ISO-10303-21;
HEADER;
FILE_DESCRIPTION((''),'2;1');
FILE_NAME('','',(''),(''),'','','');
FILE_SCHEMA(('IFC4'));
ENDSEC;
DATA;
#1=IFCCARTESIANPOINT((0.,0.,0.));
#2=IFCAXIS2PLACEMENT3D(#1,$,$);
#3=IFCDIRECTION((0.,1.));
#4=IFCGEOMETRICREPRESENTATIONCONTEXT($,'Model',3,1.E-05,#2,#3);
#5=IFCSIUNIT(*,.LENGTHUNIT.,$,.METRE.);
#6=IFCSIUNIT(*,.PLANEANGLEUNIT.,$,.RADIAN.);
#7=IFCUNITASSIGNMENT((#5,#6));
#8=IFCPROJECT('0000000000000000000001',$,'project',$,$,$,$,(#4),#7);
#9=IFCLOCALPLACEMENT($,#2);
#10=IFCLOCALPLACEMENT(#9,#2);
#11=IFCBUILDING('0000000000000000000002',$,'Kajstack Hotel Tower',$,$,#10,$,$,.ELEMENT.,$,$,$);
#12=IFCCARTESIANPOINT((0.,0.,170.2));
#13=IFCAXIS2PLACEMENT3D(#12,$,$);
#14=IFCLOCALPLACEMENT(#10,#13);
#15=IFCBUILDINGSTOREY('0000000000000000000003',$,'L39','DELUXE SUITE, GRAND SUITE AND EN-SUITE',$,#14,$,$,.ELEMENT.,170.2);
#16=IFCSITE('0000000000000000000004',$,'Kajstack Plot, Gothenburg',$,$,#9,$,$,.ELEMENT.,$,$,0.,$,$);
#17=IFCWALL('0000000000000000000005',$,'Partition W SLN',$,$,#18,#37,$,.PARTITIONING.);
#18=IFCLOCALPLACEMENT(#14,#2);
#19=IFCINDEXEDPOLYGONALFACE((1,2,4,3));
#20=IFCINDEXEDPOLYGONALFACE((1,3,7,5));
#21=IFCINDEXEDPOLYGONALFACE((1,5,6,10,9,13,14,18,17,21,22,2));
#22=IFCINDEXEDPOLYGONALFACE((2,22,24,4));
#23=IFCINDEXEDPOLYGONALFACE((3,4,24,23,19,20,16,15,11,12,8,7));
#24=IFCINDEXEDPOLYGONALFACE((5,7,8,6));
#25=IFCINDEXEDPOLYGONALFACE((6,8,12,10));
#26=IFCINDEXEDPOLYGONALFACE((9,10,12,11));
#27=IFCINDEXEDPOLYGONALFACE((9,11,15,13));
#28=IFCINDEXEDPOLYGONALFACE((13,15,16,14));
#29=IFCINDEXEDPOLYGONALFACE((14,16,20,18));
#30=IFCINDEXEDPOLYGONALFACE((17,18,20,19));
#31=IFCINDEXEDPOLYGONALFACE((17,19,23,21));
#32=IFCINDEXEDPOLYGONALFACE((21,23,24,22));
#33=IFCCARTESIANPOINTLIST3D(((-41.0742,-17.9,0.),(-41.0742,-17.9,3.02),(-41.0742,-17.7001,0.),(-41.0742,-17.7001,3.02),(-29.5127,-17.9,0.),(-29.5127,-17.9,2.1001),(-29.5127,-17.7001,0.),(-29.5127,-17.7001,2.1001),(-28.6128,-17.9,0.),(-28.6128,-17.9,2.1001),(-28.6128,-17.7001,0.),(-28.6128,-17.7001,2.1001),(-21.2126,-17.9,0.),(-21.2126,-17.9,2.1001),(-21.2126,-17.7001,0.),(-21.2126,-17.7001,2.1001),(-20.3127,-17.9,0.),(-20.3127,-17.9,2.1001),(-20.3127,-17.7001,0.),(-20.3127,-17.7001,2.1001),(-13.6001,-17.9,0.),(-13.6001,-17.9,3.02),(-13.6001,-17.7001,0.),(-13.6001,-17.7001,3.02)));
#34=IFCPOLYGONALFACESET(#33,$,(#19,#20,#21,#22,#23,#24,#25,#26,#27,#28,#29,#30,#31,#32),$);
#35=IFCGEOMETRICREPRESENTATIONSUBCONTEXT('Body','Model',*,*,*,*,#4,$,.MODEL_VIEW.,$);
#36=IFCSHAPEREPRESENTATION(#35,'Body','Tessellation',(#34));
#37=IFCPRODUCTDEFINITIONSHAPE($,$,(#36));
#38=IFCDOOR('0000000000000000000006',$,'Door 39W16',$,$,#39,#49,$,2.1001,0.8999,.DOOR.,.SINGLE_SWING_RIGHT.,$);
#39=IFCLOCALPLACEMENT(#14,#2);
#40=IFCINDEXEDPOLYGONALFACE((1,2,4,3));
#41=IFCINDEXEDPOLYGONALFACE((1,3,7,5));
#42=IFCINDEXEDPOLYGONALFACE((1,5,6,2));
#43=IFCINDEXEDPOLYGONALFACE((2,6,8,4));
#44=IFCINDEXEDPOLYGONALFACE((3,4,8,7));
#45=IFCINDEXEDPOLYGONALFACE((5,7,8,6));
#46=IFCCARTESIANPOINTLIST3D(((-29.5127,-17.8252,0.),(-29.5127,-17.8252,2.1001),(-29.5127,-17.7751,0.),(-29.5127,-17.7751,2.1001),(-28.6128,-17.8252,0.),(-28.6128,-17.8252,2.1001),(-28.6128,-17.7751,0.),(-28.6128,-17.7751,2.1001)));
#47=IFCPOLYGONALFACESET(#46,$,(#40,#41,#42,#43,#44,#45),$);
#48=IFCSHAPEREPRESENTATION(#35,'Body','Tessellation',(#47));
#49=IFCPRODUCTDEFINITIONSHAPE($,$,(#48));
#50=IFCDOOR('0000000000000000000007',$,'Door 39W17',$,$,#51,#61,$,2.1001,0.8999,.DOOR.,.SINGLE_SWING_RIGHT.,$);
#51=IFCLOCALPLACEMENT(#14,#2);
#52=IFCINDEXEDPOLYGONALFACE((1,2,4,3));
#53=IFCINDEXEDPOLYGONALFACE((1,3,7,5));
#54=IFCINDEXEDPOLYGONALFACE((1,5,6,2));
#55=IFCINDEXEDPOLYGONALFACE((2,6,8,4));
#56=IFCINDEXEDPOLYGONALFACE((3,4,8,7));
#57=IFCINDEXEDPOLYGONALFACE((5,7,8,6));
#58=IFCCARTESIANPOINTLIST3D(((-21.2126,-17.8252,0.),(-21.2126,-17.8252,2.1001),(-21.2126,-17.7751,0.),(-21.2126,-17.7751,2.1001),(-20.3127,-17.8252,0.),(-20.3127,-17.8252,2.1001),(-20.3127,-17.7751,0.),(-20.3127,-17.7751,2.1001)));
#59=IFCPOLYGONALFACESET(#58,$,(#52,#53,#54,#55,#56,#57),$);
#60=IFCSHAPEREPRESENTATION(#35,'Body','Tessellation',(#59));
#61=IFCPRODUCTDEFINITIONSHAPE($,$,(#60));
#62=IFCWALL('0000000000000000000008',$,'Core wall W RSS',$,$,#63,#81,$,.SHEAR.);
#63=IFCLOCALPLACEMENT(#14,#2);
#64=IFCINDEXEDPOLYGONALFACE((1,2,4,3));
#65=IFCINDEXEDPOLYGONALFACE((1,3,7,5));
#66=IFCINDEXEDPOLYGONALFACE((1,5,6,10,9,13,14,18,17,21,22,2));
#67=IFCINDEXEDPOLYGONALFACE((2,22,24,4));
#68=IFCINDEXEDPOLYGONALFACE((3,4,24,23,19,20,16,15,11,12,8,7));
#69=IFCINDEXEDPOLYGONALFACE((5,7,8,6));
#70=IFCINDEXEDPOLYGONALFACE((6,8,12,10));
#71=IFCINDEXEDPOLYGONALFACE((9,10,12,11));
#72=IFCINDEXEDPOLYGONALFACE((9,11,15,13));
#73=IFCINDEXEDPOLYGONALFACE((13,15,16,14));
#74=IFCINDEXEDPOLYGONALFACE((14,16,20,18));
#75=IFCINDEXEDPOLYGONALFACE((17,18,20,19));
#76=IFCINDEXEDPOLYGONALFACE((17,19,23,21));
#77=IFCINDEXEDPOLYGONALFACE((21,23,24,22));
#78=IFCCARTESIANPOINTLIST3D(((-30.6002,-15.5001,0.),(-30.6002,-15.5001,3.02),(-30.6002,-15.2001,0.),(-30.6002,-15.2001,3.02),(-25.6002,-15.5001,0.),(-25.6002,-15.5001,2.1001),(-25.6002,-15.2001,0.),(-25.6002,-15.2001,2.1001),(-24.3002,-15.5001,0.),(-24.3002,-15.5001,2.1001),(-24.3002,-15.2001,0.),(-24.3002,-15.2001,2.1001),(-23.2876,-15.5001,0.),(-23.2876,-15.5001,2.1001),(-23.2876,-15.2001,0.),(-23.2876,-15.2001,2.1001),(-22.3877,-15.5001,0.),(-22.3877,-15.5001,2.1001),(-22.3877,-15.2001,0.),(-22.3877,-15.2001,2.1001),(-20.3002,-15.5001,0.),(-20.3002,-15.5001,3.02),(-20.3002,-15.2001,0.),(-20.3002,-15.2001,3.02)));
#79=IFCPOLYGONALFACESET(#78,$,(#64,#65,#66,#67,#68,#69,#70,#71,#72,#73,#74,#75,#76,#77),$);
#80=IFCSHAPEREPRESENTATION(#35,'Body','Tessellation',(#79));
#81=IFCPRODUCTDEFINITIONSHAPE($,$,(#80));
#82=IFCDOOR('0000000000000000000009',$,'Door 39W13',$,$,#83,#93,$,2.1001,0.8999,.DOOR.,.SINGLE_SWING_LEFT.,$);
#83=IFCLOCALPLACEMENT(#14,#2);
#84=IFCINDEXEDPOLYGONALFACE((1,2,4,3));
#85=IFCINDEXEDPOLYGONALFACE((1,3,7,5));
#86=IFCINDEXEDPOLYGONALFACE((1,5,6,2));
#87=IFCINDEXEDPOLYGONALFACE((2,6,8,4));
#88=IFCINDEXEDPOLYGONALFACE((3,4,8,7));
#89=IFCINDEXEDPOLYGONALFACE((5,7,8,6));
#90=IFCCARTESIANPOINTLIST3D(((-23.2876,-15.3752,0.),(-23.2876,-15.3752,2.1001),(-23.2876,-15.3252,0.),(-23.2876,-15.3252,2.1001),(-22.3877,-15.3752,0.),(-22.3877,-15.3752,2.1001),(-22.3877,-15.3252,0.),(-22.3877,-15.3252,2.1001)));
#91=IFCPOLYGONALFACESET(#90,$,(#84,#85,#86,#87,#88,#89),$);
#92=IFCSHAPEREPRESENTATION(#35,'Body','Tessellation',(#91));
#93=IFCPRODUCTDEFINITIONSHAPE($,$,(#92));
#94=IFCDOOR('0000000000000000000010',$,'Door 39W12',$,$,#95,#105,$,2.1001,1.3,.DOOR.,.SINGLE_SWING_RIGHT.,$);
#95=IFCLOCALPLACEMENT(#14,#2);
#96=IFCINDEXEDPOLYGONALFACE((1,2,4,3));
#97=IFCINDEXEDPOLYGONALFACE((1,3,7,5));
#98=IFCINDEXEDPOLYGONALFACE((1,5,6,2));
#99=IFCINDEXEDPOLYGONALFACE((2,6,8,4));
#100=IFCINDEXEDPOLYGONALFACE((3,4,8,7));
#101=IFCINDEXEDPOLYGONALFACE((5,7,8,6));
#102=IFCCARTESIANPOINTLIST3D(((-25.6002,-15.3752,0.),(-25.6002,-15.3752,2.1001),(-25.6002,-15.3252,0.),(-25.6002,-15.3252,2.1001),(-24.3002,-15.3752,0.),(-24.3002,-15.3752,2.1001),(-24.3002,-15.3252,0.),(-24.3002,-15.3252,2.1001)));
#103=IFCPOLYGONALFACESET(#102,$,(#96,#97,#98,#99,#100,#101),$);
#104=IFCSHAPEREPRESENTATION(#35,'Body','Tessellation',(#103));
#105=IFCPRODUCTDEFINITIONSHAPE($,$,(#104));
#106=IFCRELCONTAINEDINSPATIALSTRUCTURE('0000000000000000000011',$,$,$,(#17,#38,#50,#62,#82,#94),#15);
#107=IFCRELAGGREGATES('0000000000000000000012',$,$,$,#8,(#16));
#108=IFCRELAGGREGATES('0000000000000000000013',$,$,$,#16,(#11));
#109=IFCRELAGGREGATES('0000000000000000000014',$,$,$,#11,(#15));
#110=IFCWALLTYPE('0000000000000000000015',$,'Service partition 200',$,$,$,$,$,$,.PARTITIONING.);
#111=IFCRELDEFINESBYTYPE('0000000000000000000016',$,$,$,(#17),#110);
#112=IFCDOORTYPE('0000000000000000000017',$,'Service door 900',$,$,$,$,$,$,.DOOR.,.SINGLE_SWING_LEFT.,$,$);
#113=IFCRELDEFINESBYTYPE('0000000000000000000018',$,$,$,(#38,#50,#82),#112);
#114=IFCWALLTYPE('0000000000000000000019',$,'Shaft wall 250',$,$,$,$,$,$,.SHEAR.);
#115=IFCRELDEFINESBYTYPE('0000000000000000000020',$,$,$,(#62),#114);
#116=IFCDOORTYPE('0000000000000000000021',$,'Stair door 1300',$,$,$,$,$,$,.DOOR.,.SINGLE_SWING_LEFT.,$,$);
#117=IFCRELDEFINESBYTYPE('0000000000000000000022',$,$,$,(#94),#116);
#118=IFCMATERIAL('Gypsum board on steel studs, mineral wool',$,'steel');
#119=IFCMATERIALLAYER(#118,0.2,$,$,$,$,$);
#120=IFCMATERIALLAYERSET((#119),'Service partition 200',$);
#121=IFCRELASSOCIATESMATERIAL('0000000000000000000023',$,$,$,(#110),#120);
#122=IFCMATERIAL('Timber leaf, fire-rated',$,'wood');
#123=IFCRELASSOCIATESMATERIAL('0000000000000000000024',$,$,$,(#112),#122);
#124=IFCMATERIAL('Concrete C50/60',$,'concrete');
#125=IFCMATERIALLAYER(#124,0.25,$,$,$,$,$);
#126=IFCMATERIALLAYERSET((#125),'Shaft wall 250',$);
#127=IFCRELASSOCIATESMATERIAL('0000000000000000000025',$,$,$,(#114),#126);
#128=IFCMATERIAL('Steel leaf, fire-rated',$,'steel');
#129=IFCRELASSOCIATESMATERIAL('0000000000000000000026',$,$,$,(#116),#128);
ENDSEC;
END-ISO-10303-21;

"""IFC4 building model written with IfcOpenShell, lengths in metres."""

from ifc_helpers import new_model, si_unit, direction, frame, frame_2d, origin, place, context, subcontext, project, spatial, rectangle, extrude, material, layer, layer_set, type_object, element, fill, save


model = new_model("IFC4")

# Units and contexts
model_context = context("Model", 3, precision=1e-05, world=origin(), true_north=direction((0.0, 1.0)))
body_context = subcontext(model_context, "Body", "Model", "MODEL_VIEW")
ifc_project = project(units=[si_unit("LENGTHUNIT", "METRE"), si_unit("PLANEANGLEUNIT", "RADIAN")], contexts=[model_context])

# Site, building, storey
site_placement = place(None, origin())
site = spatial("IfcSite", under=ifc_project, at=site_placement, Name="Kajstack Plot, Gothenburg", CompositionType="ELEMENT", RefElevation=0.0)
building_placement = place(site_placement, origin())
building = spatial("IfcBuilding", under=site, at=building_placement, Name="Kajstack Hotel Tower", CompositionType="ELEMENT")
storey_placement = place(building_placement, frame((0.0, 0.0, 170.2)))
storey = spatial("IfcBuildingStorey", under=building, at=storey_placement, Name="L39", Description="DELUXE SUITE, GRAND SUITE AND EN-SUITE", CompositionType="ELEMENT", Elevation=170.2)

# Shared definitions
ifc_material_1 = material(Name="Gypsum board on steel studs, mineral wool", Category="steel")
ifc_layer_1 = layer(ifc_material_1, 0.2)
ifc_layer_set_1 = layer_set([ifc_layer_1], Name="Service partition 200")
wall_type_1 = type_object("IfcWallType", Name="Service partition 200", PredefinedType="PARTITIONING", material=ifc_layer_set_1)
ifc_material_2 = material(Name="Timber leaf, fire-rated", Category="wood")
door_type_1 = type_object("IfcDoorType", Name="Service door 900", OperationType="SINGLE_SWING_LEFT", PredefinedType="DOOR", material=ifc_material_2)

# Walls, openings, doors
wall_1_placement = place(storey_placement, frame((-41.0742, -17.8, 0.0), z_axis=(0.0, 0.0, 1.0), x_axis=(1.0, 0.0, 0.0)))
wall_1 = element("IfcWall", 1, at=wall_1_placement, inside=storey, type_object=wall_type_1, Name="Partition W SLN", PredefinedType="PARTITIONING", context=body_context, shape_type="SweptSolid", body=[
    extrude(rectangle(XDim=27.4741, YDim=0.2, at=frame_2d((13.7371, 0.0))), origin(), (0.0, 0.0, 1.0), 3.02),
])
opening_1_placement = place(wall_1_placement, frame((11.5615, 0.0, 0.0)))
opening_1 = element("IfcOpeningElement", 2, at=opening_1_placement, cuts=wall_1, PredefinedType="OPENING", context=body_context, shape_type="SweptSolid", body=[
    extrude(rectangle(XDim=0.8999, YDim=2.1001, at=frame_2d((0.45, 1.05))), frame((0.0, 0.1099, 0.0), z_axis=(0.0, -1.0, 0.0), x_axis=(1.0, 0.0, 0.0)), (0.0, 0.0, 1.0), 0.22),
])
opening_2_placement = place(wall_1_placement, frame((19.8616, 0.0, 0.0)))
opening_2 = element("IfcOpeningElement", 3, at=opening_2_placement, cuts=wall_1, PredefinedType="OPENING", context=body_context, shape_type="SweptSolid", body=[
    extrude(rectangle(XDim=0.8999, YDim=2.1001, at=frame_2d((0.45, 1.05))), frame((0.0, 0.1099, 0.0), z_axis=(0.0, -1.0, 0.0), x_axis=(1.0, 0.0, 0.0)), (0.0, 0.0, 1.0), 0.22),
])
door_1_placement = place(opening_1_placement, origin())
door_1 = element("IfcDoor", 4, at=door_1_placement, inside=storey, type_object=door_type_1, Name="Door 39W16", OperationType="SINGLE_SWING_RIGHT", OverallHeight=2.1001, OverallWidth=0.8999, PredefinedType="DOOR", context=body_context, shape_type="SweptSolid", body=[
    extrude(rectangle(XDim=0.8999, YDim=2.1001, at=frame_2d((0.45, 1.05))), frame((0.0, 0.0249, 0.0), z_axis=(0.0, -1.0, 0.0), x_axis=(1.0, 0.0, 0.0)), (0.0, 0.0, 1.0), 0.05),
])
fill(opening_1, door_1)
door_2_placement = place(opening_2_placement, origin())
door_2 = element("IfcDoor", 5, at=door_2_placement, inside=storey, type_object=door_type_1, Name="Door 39W17", OperationType="SINGLE_SWING_RIGHT", OverallHeight=2.1001, OverallWidth=0.8999, PredefinedType="DOOR", context=body_context, shape_type="SweptSolid", body=[
    extrude(rectangle(XDim=0.8999, YDim=2.1001, at=frame_2d((0.45, 1.05))), frame((0.0, 0.0249, 0.0), z_axis=(0.0, -1.0, 0.0), x_axis=(1.0, 0.0, 0.0)), (0.0, 0.0, 1.0), 0.05),
])
fill(opening_2, door_2)
ifc_material_3 = material(Name="Concrete C50/60", Category="concrete")
ifc_layer_2 = layer(ifc_material_3, 0.25)
ifc_layer_set_2 = layer_set([ifc_layer_2], Name="Shaft wall 250")
wall_type_2 = type_object("IfcWallType", Name="Shaft wall 250", PredefinedType="SHEAR", material=ifc_layer_set_2)
wall_2_placement = place(storey_placement, frame((-30.6001, -15.3501, 0.0), z_axis=(0.0, 0.0, 1.0), x_axis=(1.0, 0.0, 0.0)))
wall_2 = element("IfcWall", 6, at=wall_2_placement, inside=storey, type_object=wall_type_2, Name="Core wall W RSS", PredefinedType="SHEAR", context=body_context, shape_type="SweptSolid", body=[
    extrude(rectangle(XDim=10.3, YDim=0.3, at=frame_2d((5.1499, 0.0))), origin(), (0.0, 0.0, 1.0), 3.02),
])
opening_3_placement = place(wall_2_placement, frame((5.0, 0.0, 0.0)))
opening_3 = element("IfcOpeningElement", 7, at=opening_3_placement, cuts=wall_2, PredefinedType="OPENING", context=body_context, shape_type="SweptSolid", body=[
    extrude(rectangle(XDim=1.3, YDim=2.1001, at=frame_2d((0.6499, 1.05))), frame((0.0, 0.1599, 0.0), z_axis=(0.0, -1.0, 0.0), x_axis=(1.0, 0.0, 0.0)), (0.0, 0.0, 1.0), 0.3201),
])
opening_4_placement = place(wall_2_placement, frame((7.3125, 0.0, 0.0)))
opening_4 = element("IfcOpeningElement", 8, at=opening_4_placement, cuts=wall_2, PredefinedType="OPENING", context=body_context, shape_type="SweptSolid", body=[
    extrude(rectangle(XDim=0.8999, YDim=2.1001, at=frame_2d((0.45, 1.05))), frame((0.0, 0.1599, 0.0), z_axis=(0.0, -1.0, 0.0), x_axis=(1.0, 0.0, 0.0)), (0.0, 0.0, 1.0), 0.3201),
])
door_3_placement = place(opening_4_placement, origin())
door_3 = element("IfcDoor", 9, at=door_3_placement, inside=storey, type_object=door_type_1, Name="Door 39W13", OperationType="SINGLE_SWING_LEFT", OverallHeight=2.1001, OverallWidth=0.8999, PredefinedType="DOOR", context=body_context, shape_type="SweptSolid", body=[
    extrude(rectangle(XDim=0.8999, YDim=2.1001, at=frame_2d((0.45, 1.05))), frame((0.0, 0.0249, 0.0), z_axis=(0.0, -1.0, 0.0), x_axis=(1.0, 0.0, 0.0)), (0.0, 0.0, 1.0), 0.05),
])
fill(opening_4, door_3)
ifc_material_4 = material(Name="Steel leaf, fire-rated", Category="steel")
door_type_2 = type_object("IfcDoorType", Name="Stair door 1300", OperationType="SINGLE_SWING_LEFT", PredefinedType="DOOR", material=ifc_material_4)
door_4_placement = place(opening_3_placement, origin())
door_4 = element("IfcDoor", 10, at=door_4_placement, inside=storey, type_object=door_type_2, Name="Door 39W12", OperationType="SINGLE_SWING_RIGHT", OverallHeight=2.1001, OverallWidth=1.3, PredefinedType="DOOR", context=body_context, shape_type="SweptSolid", body=[
    extrude(rectangle(XDim=1.3, YDim=2.1001, at=frame_2d((0.6499, 1.05))), frame((0.0, 0.0249, 0.0), z_axis=(0.0, -1.0, 0.0), x_axis=(1.0, 0.0, 0.0)), (0.0, 0.0, 1.0), 0.05),
])
fill(opening_3, door_4)

save(model, "model.ifc")
